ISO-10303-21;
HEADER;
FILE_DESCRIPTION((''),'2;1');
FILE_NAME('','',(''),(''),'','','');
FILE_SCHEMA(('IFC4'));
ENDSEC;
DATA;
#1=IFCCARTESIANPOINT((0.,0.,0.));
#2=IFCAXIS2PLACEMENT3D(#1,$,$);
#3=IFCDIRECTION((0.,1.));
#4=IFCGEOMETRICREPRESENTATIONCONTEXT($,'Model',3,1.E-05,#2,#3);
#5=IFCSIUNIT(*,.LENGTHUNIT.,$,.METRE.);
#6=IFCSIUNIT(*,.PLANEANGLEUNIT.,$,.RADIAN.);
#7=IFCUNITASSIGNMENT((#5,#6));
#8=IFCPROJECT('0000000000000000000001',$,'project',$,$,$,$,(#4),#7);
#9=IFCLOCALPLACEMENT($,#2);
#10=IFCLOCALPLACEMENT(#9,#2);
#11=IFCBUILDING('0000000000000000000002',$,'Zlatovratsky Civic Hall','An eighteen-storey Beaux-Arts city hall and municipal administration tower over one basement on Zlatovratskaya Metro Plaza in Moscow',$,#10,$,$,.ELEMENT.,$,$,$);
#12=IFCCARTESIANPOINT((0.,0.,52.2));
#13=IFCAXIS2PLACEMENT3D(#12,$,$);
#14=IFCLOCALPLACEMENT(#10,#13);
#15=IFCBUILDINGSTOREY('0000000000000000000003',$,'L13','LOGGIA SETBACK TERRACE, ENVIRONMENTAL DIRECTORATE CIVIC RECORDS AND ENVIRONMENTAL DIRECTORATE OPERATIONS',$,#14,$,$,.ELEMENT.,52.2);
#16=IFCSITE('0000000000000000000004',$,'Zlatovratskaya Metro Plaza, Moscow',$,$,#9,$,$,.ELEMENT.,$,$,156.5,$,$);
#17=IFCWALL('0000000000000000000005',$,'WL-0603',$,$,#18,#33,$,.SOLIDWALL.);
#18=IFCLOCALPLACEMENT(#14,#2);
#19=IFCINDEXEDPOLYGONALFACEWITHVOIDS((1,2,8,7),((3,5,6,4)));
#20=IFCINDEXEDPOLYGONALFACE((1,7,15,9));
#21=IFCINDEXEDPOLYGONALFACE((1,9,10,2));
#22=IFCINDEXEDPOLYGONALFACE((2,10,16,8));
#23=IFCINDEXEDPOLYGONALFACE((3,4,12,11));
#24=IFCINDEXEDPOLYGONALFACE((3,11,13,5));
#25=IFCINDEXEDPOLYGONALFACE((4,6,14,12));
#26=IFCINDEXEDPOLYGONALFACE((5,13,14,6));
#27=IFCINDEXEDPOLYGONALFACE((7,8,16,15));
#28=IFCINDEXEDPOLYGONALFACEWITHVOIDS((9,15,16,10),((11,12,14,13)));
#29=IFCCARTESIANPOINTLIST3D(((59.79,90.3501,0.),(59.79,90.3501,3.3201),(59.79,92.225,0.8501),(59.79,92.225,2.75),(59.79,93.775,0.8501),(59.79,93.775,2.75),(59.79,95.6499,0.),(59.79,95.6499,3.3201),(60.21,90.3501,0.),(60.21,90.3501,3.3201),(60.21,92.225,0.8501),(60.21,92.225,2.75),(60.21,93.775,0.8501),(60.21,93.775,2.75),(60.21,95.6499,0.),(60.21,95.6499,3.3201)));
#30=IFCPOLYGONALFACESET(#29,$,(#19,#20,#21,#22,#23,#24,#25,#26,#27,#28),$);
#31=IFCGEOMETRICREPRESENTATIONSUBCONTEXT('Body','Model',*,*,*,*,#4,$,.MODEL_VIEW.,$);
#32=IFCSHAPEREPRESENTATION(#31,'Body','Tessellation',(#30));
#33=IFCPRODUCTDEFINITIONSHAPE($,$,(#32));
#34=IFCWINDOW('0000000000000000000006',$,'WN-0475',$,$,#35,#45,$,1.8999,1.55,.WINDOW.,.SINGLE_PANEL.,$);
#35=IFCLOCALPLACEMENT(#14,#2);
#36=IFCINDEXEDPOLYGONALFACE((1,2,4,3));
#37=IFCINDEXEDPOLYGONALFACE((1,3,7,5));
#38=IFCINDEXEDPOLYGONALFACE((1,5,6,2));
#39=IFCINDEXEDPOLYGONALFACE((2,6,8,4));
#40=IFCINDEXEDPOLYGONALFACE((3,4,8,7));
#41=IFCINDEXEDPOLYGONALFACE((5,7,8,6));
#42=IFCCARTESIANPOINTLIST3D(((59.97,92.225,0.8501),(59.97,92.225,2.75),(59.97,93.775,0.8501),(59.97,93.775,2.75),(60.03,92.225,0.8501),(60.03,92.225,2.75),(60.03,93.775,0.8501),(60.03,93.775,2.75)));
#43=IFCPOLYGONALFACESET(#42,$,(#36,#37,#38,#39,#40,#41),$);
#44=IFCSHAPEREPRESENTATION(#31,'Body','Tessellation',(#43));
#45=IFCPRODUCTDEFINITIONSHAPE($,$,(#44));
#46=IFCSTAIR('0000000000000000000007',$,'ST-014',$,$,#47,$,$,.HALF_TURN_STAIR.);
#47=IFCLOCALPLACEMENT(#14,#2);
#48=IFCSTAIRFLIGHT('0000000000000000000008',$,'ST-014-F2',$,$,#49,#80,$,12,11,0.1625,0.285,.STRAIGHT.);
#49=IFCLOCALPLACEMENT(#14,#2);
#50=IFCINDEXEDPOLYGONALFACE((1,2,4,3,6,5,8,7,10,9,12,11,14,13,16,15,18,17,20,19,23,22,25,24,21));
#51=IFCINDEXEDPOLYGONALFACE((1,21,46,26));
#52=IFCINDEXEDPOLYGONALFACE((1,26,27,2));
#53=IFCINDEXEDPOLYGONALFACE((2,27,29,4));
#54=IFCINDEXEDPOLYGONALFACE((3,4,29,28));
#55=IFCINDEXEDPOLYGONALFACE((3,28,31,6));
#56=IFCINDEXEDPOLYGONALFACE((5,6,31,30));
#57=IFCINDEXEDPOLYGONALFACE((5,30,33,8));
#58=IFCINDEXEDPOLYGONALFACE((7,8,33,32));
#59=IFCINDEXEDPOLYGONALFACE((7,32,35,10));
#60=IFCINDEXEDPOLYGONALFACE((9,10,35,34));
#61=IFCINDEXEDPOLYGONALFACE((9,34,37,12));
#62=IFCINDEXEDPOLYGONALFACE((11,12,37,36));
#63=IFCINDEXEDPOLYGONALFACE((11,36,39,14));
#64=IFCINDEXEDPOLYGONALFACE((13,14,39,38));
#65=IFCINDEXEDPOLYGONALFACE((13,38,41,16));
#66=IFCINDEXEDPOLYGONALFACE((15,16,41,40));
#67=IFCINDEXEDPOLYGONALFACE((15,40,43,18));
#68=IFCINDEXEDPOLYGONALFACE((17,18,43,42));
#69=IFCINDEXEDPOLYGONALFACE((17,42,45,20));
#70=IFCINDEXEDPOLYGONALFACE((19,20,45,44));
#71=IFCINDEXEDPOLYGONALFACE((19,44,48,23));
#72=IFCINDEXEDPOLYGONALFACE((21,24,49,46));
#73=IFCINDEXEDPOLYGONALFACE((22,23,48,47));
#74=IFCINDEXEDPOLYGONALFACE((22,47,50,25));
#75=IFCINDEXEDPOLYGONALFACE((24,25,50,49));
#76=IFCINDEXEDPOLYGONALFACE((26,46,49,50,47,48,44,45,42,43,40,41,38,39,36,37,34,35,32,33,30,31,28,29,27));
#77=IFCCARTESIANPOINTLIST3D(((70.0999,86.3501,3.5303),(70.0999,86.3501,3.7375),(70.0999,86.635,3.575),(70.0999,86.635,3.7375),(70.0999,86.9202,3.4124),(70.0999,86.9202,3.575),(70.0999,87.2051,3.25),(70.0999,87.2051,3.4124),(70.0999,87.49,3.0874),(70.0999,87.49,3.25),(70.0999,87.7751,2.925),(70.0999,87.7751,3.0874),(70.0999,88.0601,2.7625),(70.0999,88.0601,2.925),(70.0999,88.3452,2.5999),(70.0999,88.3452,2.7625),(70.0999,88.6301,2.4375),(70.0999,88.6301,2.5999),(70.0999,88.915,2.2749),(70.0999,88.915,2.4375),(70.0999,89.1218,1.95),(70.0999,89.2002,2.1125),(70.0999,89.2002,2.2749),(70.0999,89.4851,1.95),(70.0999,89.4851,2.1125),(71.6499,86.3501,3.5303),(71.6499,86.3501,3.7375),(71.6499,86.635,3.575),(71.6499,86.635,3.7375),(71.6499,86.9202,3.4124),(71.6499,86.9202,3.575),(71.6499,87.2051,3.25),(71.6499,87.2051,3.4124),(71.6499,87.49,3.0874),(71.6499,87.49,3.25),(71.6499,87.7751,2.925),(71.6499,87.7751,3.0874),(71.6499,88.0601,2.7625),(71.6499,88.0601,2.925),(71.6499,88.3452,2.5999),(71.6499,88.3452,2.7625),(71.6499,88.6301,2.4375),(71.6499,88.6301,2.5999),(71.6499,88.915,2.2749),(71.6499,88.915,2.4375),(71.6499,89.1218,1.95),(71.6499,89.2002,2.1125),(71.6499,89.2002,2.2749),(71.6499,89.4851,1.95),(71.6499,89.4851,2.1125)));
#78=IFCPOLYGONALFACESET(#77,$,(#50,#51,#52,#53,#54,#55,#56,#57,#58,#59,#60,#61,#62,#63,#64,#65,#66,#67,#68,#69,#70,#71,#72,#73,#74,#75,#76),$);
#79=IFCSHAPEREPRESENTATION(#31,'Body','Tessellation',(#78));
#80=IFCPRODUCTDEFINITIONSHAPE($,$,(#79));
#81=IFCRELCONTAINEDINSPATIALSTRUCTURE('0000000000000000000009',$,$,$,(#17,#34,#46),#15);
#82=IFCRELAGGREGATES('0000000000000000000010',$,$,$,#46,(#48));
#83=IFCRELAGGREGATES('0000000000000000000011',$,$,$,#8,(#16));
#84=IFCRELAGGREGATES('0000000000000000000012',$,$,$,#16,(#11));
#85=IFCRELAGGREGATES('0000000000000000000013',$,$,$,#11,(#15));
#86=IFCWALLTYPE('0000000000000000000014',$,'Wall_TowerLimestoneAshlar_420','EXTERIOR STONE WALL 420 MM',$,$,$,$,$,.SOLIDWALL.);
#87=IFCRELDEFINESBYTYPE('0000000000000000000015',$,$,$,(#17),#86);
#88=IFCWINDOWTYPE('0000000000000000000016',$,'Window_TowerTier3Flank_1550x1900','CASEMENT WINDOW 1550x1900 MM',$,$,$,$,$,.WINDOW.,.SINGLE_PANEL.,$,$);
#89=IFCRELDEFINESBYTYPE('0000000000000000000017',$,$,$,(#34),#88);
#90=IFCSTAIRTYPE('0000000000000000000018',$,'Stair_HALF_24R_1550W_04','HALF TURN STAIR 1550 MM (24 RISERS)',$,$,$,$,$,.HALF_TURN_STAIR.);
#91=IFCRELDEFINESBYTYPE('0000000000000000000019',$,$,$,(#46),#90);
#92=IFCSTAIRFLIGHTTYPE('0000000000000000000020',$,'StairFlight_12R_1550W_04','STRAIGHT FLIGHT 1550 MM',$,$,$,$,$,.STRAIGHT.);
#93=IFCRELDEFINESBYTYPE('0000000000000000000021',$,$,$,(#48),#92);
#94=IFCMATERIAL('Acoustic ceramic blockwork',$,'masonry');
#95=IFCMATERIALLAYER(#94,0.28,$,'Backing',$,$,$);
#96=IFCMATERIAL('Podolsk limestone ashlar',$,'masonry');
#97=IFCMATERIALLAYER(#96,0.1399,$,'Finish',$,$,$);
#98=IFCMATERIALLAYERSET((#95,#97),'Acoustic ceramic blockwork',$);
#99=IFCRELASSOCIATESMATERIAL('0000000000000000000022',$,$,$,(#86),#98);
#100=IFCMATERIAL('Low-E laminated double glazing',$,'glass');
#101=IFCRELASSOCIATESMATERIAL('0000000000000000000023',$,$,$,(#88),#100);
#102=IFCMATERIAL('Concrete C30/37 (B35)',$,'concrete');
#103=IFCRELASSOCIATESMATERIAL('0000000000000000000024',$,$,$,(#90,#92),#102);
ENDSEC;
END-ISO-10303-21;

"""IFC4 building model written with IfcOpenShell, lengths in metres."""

from ifc_helpers import new_model, si_unit, direction, frame, frame_2d, origin, place, context, subcontext, project, spatial, polyline, rectangle, outline, extrude, material, layer, layer_set, type_object, element, fill, aggregate, save


model = new_model("IFC4")

# Units and contexts
model_context = context("Model", 3, precision=1e-05, world=origin(), true_north=direction((0.0, 1.0)))
body_context = subcontext(model_context, "Body", "Model", "MODEL_VIEW")
ifc_project = project(units=[si_unit("LENGTHUNIT", "METRE"), si_unit("PLANEANGLEUNIT", "RADIAN")], contexts=[model_context])

# Site, building, storey
site_placement = place(None, origin())
site = spatial("IfcSite", under=ifc_project, at=site_placement, Name="Zlatovratskaya Metro Plaza, Moscow", CompositionType="ELEMENT", RefElevation=156.5)
building_placement = place(site_placement, origin())
building = spatial("IfcBuilding", under=site, at=building_placement, Name="Zlatovratsky Civic Hall", Description="An eighteen-storey Beaux-Arts city hall and municipal administration tower over one basement on Zlatovratskaya Metro Plaza in Moscow", CompositionType="ELEMENT")
storey_placement = place(building_placement, frame((0.0, 0.0, 52.2)))
storey = spatial("IfcBuildingStorey", under=building, at=storey_placement, Name="L13", Description="LOGGIA SETBACK TERRACE, ENVIRONMENTAL DIRECTORATE CIVIC RECORDS AND ENVIRONMENTAL DIRECTORATE OPERATIONS", CompositionType="ELEMENT", Elevation=52.2)

# Shared definitions
ifc_material_1 = material(Name="Acoustic ceramic blockwork", Category="masonry")

# Wall, opening, window
ifc_layer_1 = layer(ifc_material_1, 0.28, Name="Backing")
ifc_material_2 = material(Name="Podolsk limestone ashlar", Category="masonry")
ifc_layer_2 = layer(ifc_material_2, 0.1399, Name="Finish")
ifc_layer_set_1 = layer_set([ifc_layer_1, ifc_layer_2], Name="Acoustic ceramic blockwork")
wall_type_1 = type_object("IfcWallType", Name="Wall_TowerLimestoneAshlar_420", Description="EXTERIOR STONE WALL 420 MM", PredefinedType="SOLIDWALL", material=ifc_layer_set_1)
wall_1_placement = place(storey_placement, frame((60.0, 90.3501, 0.0), z_axis=(0.0, 0.0, 1.0), x_axis=(0.0, 1.0, 0.0)))
wall_1 = element("IfcWall", 1, at=wall_1_placement, inside=storey, type_object=wall_type_1, Name="WL-0603", PredefinedType="SOLIDWALL", context=body_context, shape_type="SweptSolid", body=[
    extrude(rectangle(XDim=5.2998, YDim=0.4199, at=frame_2d((2.6499, 0.0))), origin(), (0.0, 0.0, 1.0), 3.3201),
])
opening_placement = place(wall_1_placement, frame((1.875, 0.0, 0.8501)))
opening = element("IfcOpeningElement", 2, at=opening_placement, cuts=wall_1, PredefinedType="OPENING", context=body_context, shape_type="SweptSolid", body=[
    extrude(rectangle(XDim=1.55, YDim=1.8999, at=frame_2d((0.7749, 0.95))), frame((0.0, 0.2249, 0.0), z_axis=(0.0, -1.0, 0.0), x_axis=(1.0, 0.0, 0.0)), (0.0, 0.0, 1.0), 0.4497),
])
ifc_material_3 = material(Name="Low-E laminated double glazing", Category="glass")
window_type = type_object("IfcWindowType", Name="Window_TowerTier3Flank_1550x1900", Description="CASEMENT WINDOW 1550x1900 MM", PartitioningType="SINGLE_PANEL", PredefinedType="WINDOW", material=ifc_material_3)
window_placement = place(opening_placement, origin())
window = element("IfcWindow", 3, at=window_placement, inside=storey, type_object=window_type, Name="WN-0475", OverallHeight=1.8999, OverallWidth=1.55, PartitioningType="SINGLE_PANEL", PredefinedType="WINDOW", context=body_context, shape_type="SweptSolid", body=[
    extrude(rectangle(XDim=1.55, YDim=1.8999, at=frame_2d((0.7749, 0.95))), frame((0.0, 0.03, 0.0), z_axis=(0.0, -1.0, 0.0), x_axis=(1.0, 0.0, 0.0)), (0.0, 0.0, 1.0), 0.0601),
])
fill(opening, window)

# Stair, stair flight
ifc_material_4 = material(Name="Concrete C30/37 (B35)", Category="concrete")
stair_type = type_object("IfcStairType", Name="Stair_HALF_24R_1550W_04", Description="HALF TURN STAIR 1550 MM (24 RISERS)", PredefinedType="HALF_TURN_STAIR", material=ifc_material_4)
stair_placement = place(storey_placement, origin())
stair = element("IfcStair", 4, at=stair_placement, inside=storey, type_object=stair_type, Name="ST-014", PredefinedType="HALF_TURN_STAIR")
stair_flight_type = type_object("IfcStairFlightType", Name="StairFlight_12R_1550W_04", Description="STRAIGHT FLIGHT 1550 MM", PredefinedType="STRAIGHT", material=ifc_material_4)
stair_flight_placement = place(storey_placement, frame((70.875, 89.4851, 1.95), z_axis=(0.0, 0.0, 1.0), x_axis=(0.0, -1.0, 0.0)))
stair_flight = element("IfcStairFlight", 5, at=stair_flight_placement, type_object=stair_flight_type, Name="ST-014-F2", NumberOfRisers=12, NumberOfTreads=11, PredefinedType="STRAIGHT", RiserHeight=0.1625, TreadLength=0.285, context=body_context, shape_type="SweptSolid", body=[
    extrude(outline(polyline([(0.0, 0.0), (0.0, 0.1626), (0.2849, 0.1626), (0.2849, 0.325), (0.5701, 0.325), (0.5701, 0.4875), (0.855, 0.4875), (0.855, 0.6499), (1.1399, 0.6499), (1.1399, 0.8125), (1.425, 0.8125), (1.425, 0.9751), (1.71, 0.9751), (1.71, 1.1375), (1.9951, 1.1375), (1.9951, 1.3), (2.28, 1.3), (2.28, 1.4624), (2.5649, 1.4624), (2.5649, 1.625), (2.8501, 1.625), (2.8501, 1.7876), (3.135, 1.7876), (3.135, 1.95), (3.135, 1.5803), (0.3633, 0.0), (0.0, 0.0)])), frame((0.0, 0.7749, 0.0), z_axis=(0.0, -1.0, 0.0), x_axis=(1.0, 0.0, 0.0)), (0.0, 0.0, 1.0), 1.55),
])
aggregate(stair, [stair_flight])

save(model, "model.ifc")
